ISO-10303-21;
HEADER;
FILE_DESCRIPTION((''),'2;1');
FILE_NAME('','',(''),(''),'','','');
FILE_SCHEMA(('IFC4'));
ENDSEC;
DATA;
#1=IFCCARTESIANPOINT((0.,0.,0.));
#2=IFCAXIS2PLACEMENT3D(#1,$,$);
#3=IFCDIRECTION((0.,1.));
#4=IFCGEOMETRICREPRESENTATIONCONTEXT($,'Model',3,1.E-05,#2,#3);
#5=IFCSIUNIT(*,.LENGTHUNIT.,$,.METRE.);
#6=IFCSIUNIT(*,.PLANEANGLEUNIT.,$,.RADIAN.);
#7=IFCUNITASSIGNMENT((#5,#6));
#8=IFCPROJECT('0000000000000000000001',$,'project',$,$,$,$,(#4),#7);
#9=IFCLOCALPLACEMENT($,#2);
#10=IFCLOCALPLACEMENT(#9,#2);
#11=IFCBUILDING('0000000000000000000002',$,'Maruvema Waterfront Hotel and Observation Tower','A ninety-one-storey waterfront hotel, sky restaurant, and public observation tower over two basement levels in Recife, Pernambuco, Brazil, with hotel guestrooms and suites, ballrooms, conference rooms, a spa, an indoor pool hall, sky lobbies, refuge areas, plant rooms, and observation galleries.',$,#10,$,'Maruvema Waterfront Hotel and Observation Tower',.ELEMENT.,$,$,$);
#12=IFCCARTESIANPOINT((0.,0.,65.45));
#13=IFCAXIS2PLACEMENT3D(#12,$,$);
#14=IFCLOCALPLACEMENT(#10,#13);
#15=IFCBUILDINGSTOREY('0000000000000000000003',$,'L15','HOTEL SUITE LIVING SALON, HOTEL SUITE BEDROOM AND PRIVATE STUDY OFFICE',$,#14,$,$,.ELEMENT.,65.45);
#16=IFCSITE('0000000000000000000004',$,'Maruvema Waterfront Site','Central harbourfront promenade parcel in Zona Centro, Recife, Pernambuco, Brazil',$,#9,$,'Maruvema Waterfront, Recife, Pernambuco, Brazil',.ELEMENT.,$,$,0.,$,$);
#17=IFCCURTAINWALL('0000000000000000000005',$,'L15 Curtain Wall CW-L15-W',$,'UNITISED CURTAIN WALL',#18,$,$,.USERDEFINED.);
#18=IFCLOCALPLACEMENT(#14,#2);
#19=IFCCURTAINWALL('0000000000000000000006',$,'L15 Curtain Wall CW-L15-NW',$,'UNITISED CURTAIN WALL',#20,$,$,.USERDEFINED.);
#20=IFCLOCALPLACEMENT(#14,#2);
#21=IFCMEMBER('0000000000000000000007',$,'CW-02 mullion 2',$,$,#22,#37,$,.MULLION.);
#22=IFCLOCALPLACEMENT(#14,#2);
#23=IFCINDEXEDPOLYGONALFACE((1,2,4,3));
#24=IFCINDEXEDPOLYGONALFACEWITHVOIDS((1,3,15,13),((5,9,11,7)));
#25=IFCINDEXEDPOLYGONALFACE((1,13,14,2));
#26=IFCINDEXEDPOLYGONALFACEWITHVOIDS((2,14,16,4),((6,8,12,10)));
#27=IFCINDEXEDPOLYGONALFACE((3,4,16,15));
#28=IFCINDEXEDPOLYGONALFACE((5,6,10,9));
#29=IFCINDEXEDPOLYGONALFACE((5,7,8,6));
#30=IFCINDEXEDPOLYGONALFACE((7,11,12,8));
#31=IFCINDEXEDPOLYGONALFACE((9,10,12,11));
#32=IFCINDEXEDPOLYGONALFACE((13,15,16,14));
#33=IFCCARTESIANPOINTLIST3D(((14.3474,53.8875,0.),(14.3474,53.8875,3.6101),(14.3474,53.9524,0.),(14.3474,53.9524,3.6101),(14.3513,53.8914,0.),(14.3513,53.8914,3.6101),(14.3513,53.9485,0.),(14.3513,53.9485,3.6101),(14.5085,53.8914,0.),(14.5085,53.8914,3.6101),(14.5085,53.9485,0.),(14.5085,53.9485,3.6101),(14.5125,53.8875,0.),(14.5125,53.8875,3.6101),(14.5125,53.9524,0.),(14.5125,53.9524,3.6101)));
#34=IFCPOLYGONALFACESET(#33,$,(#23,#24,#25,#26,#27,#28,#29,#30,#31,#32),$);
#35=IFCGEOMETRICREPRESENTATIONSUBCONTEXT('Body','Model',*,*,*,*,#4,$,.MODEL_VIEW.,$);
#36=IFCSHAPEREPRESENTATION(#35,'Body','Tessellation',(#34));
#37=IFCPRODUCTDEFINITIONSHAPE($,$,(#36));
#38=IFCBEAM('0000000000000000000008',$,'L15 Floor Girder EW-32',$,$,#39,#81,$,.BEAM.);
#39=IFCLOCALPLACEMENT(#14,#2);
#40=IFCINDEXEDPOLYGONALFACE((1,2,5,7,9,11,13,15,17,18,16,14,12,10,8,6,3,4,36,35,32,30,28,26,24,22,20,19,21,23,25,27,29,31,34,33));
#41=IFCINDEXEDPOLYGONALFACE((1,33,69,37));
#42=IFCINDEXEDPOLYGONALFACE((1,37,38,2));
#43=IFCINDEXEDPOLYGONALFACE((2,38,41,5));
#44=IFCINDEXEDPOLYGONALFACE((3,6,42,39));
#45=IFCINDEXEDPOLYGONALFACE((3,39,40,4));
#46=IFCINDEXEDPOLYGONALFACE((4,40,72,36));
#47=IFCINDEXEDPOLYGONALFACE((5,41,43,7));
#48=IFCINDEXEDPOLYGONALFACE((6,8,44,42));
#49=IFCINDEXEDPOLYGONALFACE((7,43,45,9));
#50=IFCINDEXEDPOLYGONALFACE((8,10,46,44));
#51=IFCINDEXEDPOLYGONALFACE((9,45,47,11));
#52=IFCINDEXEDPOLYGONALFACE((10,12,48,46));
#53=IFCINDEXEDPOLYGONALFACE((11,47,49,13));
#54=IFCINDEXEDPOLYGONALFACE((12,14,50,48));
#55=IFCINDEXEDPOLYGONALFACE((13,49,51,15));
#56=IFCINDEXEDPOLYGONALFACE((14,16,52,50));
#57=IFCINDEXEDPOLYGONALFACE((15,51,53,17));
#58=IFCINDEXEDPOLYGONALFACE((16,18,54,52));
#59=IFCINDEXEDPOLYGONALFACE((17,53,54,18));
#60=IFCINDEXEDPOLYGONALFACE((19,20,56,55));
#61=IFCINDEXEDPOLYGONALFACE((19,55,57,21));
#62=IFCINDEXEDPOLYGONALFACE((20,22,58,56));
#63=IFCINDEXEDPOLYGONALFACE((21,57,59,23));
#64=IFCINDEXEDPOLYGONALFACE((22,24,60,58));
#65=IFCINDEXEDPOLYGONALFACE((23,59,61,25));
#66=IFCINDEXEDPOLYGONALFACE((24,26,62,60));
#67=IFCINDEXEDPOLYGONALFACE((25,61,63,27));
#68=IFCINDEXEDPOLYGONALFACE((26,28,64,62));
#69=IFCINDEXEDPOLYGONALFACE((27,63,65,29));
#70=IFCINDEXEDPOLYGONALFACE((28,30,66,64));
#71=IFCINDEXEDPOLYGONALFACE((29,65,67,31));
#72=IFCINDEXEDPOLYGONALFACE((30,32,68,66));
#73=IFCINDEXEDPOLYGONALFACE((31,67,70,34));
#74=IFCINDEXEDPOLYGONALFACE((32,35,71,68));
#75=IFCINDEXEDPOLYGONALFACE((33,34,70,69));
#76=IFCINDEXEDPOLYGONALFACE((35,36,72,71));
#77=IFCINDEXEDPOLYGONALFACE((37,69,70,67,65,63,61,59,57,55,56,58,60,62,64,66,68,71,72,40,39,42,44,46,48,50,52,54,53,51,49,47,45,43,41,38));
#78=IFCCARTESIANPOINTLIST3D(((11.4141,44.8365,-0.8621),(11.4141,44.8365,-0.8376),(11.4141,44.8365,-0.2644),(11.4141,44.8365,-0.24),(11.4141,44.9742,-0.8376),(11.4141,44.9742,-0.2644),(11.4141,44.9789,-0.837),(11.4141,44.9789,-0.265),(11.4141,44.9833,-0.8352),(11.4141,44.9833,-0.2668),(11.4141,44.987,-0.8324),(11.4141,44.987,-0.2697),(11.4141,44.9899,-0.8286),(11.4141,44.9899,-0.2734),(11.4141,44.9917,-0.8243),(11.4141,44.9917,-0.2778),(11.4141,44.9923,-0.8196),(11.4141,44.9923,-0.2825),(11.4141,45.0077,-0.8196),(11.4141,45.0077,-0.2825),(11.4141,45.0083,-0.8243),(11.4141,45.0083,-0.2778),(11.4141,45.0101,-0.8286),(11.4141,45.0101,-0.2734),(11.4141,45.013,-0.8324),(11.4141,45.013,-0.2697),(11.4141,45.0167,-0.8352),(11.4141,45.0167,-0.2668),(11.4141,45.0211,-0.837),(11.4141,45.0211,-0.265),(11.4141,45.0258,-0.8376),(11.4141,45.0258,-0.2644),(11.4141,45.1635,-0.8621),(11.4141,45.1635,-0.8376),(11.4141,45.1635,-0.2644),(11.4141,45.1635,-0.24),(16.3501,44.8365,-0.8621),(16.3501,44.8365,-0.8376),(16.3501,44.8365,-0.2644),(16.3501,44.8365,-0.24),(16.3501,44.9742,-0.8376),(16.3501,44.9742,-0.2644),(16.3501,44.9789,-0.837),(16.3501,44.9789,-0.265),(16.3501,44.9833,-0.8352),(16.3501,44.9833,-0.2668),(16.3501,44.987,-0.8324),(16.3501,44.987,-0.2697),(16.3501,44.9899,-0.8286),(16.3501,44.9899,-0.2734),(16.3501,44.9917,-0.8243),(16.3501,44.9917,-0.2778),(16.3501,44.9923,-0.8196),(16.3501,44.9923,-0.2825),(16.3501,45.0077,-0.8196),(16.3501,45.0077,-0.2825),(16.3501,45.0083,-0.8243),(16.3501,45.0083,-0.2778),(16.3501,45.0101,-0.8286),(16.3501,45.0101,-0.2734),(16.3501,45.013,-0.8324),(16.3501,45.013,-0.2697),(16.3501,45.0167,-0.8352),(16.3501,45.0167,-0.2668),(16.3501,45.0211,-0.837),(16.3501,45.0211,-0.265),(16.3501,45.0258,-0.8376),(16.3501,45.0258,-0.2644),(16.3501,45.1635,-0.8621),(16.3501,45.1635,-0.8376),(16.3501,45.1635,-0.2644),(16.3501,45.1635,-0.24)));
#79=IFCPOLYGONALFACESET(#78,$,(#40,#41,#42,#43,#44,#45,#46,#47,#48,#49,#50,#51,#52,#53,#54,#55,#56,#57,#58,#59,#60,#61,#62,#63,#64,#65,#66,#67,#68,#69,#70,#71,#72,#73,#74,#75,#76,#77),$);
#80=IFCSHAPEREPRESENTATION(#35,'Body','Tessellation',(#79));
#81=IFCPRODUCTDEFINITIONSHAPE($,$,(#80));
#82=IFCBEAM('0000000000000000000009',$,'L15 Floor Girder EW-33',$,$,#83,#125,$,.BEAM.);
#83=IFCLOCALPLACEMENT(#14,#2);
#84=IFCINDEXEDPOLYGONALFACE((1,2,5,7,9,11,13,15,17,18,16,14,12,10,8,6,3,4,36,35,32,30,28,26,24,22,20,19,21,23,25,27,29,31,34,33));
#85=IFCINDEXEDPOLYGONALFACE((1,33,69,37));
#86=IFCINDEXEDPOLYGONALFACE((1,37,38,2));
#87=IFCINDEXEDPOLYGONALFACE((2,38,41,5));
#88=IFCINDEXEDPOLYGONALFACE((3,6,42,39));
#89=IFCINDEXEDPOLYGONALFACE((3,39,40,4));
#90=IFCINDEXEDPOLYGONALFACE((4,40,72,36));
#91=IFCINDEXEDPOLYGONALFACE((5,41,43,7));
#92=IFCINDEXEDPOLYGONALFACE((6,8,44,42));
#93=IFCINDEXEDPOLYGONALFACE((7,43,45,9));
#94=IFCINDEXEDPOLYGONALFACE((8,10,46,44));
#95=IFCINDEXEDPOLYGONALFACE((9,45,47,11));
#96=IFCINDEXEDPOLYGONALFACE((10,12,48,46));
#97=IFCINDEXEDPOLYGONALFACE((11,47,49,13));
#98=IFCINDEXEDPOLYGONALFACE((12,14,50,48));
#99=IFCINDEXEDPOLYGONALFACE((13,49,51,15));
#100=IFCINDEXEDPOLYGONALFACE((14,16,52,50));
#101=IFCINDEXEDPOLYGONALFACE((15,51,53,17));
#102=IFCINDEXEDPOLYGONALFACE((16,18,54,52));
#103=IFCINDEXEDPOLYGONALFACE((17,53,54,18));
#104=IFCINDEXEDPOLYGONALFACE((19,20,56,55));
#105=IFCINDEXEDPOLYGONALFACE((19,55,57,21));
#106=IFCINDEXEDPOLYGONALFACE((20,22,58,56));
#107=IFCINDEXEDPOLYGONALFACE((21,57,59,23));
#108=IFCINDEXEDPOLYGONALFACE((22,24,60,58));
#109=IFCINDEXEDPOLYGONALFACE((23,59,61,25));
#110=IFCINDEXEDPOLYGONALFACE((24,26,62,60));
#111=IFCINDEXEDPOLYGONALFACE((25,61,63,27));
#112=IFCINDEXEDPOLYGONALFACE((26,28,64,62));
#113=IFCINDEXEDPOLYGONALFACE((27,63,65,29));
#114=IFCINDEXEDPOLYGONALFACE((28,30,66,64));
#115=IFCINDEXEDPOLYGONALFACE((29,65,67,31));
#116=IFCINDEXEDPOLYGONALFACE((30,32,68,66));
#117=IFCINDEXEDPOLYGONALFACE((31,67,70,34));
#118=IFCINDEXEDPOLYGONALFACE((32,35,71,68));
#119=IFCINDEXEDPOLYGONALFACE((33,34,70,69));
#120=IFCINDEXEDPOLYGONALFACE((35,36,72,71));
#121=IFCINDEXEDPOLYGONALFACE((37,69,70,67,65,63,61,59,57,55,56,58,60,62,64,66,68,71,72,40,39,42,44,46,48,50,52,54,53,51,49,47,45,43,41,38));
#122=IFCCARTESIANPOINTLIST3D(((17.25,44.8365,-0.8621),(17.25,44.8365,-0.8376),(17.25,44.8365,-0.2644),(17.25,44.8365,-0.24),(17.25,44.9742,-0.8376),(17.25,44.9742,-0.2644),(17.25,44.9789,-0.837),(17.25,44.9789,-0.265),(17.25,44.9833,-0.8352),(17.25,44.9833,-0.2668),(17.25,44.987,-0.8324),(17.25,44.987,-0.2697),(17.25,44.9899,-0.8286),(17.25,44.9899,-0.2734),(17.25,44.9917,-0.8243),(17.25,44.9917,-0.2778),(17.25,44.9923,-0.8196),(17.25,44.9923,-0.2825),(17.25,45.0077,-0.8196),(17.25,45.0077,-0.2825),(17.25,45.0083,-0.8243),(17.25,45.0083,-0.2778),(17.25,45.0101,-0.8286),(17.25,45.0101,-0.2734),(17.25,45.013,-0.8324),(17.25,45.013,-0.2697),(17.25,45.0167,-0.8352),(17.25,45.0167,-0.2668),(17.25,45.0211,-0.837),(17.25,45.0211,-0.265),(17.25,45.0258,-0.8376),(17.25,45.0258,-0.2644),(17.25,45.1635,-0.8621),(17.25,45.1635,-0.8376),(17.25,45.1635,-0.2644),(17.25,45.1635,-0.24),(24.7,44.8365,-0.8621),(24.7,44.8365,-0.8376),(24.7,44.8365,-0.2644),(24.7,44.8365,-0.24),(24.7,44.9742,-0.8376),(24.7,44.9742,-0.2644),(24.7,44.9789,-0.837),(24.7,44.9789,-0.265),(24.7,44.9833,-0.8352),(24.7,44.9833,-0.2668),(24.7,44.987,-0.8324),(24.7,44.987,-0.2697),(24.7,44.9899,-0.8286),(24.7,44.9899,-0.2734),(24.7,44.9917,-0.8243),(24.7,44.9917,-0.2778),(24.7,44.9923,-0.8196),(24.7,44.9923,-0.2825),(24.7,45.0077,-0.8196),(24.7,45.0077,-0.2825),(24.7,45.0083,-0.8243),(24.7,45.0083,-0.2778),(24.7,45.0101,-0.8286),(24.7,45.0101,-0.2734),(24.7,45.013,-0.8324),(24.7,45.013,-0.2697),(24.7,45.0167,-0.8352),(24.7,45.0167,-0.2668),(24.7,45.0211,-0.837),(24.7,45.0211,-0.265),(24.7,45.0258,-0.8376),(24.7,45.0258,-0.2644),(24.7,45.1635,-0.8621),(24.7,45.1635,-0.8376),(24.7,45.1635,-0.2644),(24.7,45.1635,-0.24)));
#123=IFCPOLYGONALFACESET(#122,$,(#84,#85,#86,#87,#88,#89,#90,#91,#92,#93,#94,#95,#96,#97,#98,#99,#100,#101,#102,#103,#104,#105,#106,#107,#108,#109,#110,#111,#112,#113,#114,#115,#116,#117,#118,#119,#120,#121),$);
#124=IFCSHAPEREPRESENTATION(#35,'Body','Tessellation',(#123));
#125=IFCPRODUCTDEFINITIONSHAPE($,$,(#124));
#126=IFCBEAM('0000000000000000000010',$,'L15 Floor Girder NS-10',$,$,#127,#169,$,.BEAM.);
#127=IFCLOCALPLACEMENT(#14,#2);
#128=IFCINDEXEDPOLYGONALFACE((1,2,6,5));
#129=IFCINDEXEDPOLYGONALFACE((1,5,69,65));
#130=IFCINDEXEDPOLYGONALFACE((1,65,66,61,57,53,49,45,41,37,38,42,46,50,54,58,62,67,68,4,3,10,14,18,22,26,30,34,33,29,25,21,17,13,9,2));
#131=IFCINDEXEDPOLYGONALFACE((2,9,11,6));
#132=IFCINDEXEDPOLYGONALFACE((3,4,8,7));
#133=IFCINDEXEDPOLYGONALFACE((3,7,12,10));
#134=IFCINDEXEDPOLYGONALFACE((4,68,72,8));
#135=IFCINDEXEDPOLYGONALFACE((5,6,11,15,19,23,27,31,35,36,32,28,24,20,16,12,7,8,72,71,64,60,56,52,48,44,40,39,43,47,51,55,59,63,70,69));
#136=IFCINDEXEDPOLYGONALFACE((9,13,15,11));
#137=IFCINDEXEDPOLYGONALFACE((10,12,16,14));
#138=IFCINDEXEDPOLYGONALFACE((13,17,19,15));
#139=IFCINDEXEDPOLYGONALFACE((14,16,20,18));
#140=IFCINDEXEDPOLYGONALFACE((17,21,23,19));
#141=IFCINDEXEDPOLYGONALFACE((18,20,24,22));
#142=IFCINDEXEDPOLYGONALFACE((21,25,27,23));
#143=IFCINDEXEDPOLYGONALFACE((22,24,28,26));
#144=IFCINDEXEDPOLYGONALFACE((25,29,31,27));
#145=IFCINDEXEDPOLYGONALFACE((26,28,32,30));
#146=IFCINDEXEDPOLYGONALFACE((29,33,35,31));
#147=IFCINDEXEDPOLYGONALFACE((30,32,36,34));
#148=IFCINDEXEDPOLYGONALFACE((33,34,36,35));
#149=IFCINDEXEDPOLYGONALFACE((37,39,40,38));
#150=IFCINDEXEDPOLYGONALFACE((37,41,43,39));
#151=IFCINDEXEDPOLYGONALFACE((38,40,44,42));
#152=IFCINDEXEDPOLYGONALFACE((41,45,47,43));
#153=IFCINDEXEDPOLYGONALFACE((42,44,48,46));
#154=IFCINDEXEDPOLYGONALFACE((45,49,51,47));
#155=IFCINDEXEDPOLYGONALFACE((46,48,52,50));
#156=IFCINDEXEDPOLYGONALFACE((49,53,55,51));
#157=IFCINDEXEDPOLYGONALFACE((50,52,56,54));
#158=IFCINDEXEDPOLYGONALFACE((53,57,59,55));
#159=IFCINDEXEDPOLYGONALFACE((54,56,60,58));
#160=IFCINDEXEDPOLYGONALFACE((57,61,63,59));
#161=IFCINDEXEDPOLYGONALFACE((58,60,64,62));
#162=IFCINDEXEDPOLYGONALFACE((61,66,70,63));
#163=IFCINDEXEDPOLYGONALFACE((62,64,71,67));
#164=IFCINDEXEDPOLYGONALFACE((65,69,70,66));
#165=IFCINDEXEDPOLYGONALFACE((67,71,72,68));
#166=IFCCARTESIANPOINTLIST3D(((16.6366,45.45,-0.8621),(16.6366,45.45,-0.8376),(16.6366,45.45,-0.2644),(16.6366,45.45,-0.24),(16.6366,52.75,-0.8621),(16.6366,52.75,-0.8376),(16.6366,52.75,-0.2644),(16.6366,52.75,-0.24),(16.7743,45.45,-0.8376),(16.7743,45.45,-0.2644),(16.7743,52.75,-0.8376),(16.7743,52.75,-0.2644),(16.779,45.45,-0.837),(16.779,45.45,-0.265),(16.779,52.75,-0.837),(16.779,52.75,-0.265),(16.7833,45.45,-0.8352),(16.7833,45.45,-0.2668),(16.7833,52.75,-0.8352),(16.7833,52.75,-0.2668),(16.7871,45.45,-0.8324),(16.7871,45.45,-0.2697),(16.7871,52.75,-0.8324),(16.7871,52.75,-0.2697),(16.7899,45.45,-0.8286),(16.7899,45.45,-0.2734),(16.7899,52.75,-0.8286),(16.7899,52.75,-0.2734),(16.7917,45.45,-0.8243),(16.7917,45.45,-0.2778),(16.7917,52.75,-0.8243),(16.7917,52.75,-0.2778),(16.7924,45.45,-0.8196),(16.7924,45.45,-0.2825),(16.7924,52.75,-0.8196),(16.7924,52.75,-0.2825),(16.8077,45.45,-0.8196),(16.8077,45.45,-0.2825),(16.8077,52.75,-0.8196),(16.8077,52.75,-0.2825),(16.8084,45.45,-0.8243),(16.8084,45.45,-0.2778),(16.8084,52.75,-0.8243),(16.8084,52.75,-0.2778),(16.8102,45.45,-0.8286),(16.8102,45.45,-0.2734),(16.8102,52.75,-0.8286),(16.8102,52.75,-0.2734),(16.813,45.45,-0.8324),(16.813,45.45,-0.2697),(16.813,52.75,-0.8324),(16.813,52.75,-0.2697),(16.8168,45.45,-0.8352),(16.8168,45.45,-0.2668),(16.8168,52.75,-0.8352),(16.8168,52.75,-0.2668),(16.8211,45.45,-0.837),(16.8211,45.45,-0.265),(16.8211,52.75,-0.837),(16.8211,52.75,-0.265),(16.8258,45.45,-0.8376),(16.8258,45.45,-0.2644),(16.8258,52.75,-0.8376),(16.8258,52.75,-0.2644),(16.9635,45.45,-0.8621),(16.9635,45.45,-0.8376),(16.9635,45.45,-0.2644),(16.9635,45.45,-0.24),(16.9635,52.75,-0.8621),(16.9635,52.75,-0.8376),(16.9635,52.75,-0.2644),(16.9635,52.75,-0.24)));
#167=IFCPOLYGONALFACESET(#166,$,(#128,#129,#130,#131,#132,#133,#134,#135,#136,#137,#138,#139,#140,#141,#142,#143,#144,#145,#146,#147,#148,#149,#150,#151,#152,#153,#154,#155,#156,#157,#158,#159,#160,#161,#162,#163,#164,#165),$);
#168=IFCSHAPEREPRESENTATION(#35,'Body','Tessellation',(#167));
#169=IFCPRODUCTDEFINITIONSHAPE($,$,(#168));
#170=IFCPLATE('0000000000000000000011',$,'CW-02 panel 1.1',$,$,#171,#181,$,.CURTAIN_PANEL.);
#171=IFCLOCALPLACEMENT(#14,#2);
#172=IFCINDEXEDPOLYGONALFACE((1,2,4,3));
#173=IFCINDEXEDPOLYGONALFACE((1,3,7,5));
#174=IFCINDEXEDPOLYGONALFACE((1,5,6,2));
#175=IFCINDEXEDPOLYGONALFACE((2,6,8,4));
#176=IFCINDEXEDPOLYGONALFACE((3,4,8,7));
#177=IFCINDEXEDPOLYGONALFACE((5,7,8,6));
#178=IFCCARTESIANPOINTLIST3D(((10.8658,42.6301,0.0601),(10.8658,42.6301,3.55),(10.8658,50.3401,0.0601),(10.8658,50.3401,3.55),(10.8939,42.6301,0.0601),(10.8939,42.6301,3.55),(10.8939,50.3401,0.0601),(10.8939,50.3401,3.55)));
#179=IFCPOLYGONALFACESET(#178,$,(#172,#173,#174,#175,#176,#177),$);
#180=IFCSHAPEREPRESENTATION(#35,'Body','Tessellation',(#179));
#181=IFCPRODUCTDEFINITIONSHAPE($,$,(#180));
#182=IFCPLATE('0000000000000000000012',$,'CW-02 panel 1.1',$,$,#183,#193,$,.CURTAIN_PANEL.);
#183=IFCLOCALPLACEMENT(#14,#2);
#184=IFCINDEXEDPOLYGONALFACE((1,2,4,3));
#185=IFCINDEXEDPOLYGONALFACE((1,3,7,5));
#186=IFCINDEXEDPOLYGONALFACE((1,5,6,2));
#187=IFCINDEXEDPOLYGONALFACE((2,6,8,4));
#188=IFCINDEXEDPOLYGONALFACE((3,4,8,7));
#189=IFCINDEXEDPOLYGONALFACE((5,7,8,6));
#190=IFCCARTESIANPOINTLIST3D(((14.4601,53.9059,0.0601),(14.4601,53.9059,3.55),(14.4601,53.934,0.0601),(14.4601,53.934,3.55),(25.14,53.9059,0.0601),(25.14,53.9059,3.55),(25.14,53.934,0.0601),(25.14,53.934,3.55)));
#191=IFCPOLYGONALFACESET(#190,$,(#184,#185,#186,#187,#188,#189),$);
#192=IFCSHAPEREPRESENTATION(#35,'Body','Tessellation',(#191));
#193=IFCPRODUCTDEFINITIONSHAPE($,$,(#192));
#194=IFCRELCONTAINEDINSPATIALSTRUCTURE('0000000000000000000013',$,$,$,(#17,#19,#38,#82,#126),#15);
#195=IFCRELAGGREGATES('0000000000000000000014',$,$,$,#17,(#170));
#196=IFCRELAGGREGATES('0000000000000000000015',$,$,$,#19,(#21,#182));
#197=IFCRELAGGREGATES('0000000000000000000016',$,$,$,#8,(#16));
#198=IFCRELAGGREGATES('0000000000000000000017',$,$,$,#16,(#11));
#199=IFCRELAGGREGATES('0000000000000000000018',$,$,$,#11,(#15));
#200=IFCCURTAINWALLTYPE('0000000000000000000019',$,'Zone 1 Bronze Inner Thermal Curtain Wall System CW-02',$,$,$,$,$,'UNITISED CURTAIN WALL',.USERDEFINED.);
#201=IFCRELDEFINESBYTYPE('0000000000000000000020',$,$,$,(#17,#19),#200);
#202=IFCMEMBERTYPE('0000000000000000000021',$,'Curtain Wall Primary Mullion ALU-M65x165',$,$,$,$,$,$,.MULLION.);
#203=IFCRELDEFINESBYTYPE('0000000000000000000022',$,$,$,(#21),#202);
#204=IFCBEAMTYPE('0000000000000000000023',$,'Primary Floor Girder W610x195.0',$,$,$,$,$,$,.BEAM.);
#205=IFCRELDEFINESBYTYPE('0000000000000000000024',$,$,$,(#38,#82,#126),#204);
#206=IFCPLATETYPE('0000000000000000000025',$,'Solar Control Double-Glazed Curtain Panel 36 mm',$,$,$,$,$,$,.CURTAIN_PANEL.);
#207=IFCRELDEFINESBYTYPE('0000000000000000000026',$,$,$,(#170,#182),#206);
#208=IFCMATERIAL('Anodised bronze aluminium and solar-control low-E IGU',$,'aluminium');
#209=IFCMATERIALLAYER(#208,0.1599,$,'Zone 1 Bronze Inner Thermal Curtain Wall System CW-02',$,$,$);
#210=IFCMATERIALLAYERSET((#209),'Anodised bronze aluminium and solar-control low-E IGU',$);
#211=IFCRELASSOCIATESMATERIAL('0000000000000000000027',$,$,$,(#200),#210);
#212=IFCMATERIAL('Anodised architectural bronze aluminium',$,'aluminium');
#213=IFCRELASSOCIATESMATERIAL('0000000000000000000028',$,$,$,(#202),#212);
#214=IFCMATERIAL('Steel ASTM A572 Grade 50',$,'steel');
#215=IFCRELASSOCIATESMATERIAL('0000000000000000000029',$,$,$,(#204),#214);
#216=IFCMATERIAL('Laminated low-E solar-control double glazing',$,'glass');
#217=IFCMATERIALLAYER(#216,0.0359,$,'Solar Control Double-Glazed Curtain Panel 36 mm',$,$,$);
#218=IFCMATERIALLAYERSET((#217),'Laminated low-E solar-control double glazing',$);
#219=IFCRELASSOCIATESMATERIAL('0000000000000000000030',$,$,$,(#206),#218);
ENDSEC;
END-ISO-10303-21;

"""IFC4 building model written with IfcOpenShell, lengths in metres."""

from ifc_helpers import new_model, si_unit, direction, frame, origin, origin_2d, place, context, subcontext, project, spatial, rectangle, hollow_rectangle, i_section, extrude, material, layer, layer_set, material_profile, profile_set, type_object, element, aggregate, save


model = new_model("IFC4")

# Units and contexts
model_context = context("Model", 3, precision=1e-05, world=origin(), true_north=direction((0.0, 1.0)))
body_context = subcontext(model_context, "Body", "Model", "MODEL_VIEW")
ifc_project = project(units=[si_unit("LENGTHUNIT", "METRE"), si_unit("PLANEANGLEUNIT", "RADIAN")], contexts=[model_context])

# Site, building, storey
site_placement = place(None, origin())
site = spatial("IfcSite", under=ifc_project, at=site_placement, Name="Maruvema Waterfront Site", Description="Central harbourfront promenade parcel in Zona Centro, Recife, Pernambuco, Brazil", LongName="Maruvema Waterfront, Recife, Pernambuco, Brazil", CompositionType="ELEMENT", RefElevation=0.0)
building_placement = place(site_placement, origin())
building = spatial("IfcBuilding", under=site, at=building_placement, Name="Maruvema Waterfront Hotel and Observation Tower", Description="A ninety-one-storey waterfront hotel, sky restaurant, and public observation tower over two basement levels in Recife, Pernambuco, Brazil, with hotel guestrooms and suites, ballrooms, conference rooms, a spa, an indoor pool hall, sky lobbies, refuge areas, plant rooms, and observation galleries.", LongName="Maruvema Waterfront Hotel and Observation Tower", CompositionType="ELEMENT")
storey_placement = place(building_placement, frame((0.0, 0.0, 65.45)))
storey = spatial("IfcBuildingStorey", under=building, at=storey_placement, Name="L15", Description="HOTEL SUITE LIVING SALON, HOTEL SUITE BEDROOM AND PRIVATE STUDY OFFICE", CompositionType="ELEMENT", Elevation=65.45)

# Curtain walls
ifc_material_1 = material(Name="Anodised bronze aluminium and solar-control low-E IGU", Category="aluminium")
ifc_layer_1 = layer(ifc_material_1, 0.1599, Name="Zone 1 Bronze Inner Thermal Curtain Wall System CW-02")
ifc_layer_set_1 = layer_set([ifc_layer_1], Name="Anodised bronze aluminium and solar-control low-E IGU")
curtain_wall_type = type_object("IfcCurtainWallType", Name="Zone 1 Bronze Inner Thermal Curtain Wall System CW-02", ElementType="UNITISED CURTAIN WALL", PredefinedType="USERDEFINED", material=ifc_layer_set_1)
curtain_wall_1_placement = place(storey_placement, origin())
curtain_wall_1 = element("IfcCurtainWall", 1, at=curtain_wall_1_placement, inside=storey, type_object=curtain_wall_type, Name="L15 Curtain Wall CW-L15-W", ObjectType="UNITISED CURTAIN WALL", PredefinedType="USERDEFINED")
curtain_wall_2_placement = place(storey_placement, origin())
curtain_wall_2 = element("IfcCurtainWall", 2, at=curtain_wall_2_placement, inside=storey, type_object=curtain_wall_type, Name="L15 Curtain Wall CW-L15-NW", ObjectType="UNITISED CURTAIN WALL", PredefinedType="USERDEFINED")

# Member
ifc_material_2 = material(Name="Anodised architectural bronze aluminium", Category="aluminium")
ifc_material_profile_1 = material_profile(ifc_material_2, hollow_rectangle(XDim=0.0649, YDim=0.165, WallThickness=0.0039, at=origin_2d()), Name="ALU-M65x165")
ifc_profile_set_1 = profile_set([ifc_material_profile_1], Name="Anodised architectural bronze aluminium")
member_type_1 = type_object("IfcMemberType", Name="Curtain Wall Primary Mullion ALU-M65x165", PredefinedType="MULLION", material=ifc_profile_set_1)
member_1_placement = place(storey_placement, frame((14.4299, 53.9199, 0.0), z_axis=(0.0, 0.0, 1.0), x_axis=(0.0, -1.0, 0.0)))
member_1 = element("IfcMember", 3, at=member_1_placement, type_object=member_type_1, Name="CW-02 mullion 2", PredefinedType="MULLION", context=body_context, shape_type="SweptSolid", body=[
    extrude(hollow_rectangle(XDim=0.0649, YDim=0.165, WallThickness=0.0039, at=origin_2d()), origin(), (0.0, 0.0, 1.0), 3.6101),
])

# Beams
ifc_material_3 = material(Name="Steel ASTM A572 Grade 50", Category="steel")
ifc_material_profile_2 = material_profile(ifc_material_3, i_section(OverallWidth=0.3269, OverallDepth=0.6221, WebThickness=0.0154, FlangeThickness=0.0244, FilletRadius=0.0181, at=origin_2d()), Name="W610x195.0")
ifc_profile_set_2 = profile_set([ifc_material_profile_2], Name="Steel ASTM A572 Grade 50")
beam_type = type_object("IfcBeamType", Name="Primary Floor Girder W610x195.0", PredefinedType="BEAM", material=ifc_profile_set_2)
beam_1_placement = place(storey_placement, frame((11.4141, 45.0, -0.551), z_axis=(1.0, 0.0, 0.0), x_axis=(0.0, 1.0, 0.0)))
element("IfcBeam", 4, at=beam_1_placement, inside=storey, type_object=beam_type, Name="L15 Floor Girder EW-32", PredefinedType="BEAM", context=body_context, shape_type="SweptSolid", body=[
    extrude(i_section(OverallWidth=0.3269, OverallDepth=0.6221, WebThickness=0.0154, FlangeThickness=0.0244, FilletRadius=0.0181, at=origin_2d()), origin(), (0.0, 0.0, 1.0), 4.936),
])
beam_2_placement = place(storey_placement, frame((17.25, 45.0, -0.551), z_axis=(1.0, 0.0, 0.0), x_axis=(0.0, 1.0, 0.0)))
element("IfcBeam", 5, at=beam_2_placement, inside=storey, type_object=beam_type, Name="L15 Floor Girder EW-33", PredefinedType="BEAM", context=body_context, shape_type="SweptSolid", body=[
    extrude(i_section(OverallWidth=0.3269, OverallDepth=0.6221, WebThickness=0.0154, FlangeThickness=0.0244, FilletRadius=0.0181, at=origin_2d()), origin(), (0.0, 0.0, 1.0), 7.45),
])
beam_3_placement = place(storey_placement, frame((16.8, 45.45, -0.551), z_axis=(0.0, 1.0, 0.0), x_axis=(-1.0, 0.0, 0.0)))
element("IfcBeam", 6, at=beam_3_placement, inside=storey, type_object=beam_type, Name="L15 Floor Girder NS-10", PredefinedType="BEAM", context=body_context, shape_type="SweptSolid", body=[
    extrude(i_section(OverallWidth=0.3269, OverallDepth=0.6221, WebThickness=0.0154, FlangeThickness=0.0244, FilletRadius=0.0181, at=origin_2d()), origin(), (0.0, 0.0, 1.0), 7.3),
])

# Plates
ifc_material_4 = material(Name="Laminated low-E solar-control double glazing", Category="glass")
ifc_layer_2 = layer(ifc_material_4, 0.0359, Name="Solar Control Double-Glazed Curtain Panel 36 mm")
ifc_layer_set_2 = layer_set([ifc_layer_2], Name="Laminated low-E solar-control double glazing")
plate_type_1 = type_object("IfcPlateType", Name="Solar Control Double-Glazed Curtain Panel 36 mm", PredefinedType="CURTAIN_PANEL", material=ifc_layer_set_2)
plate_1_placement = place(storey_placement, frame((10.8799, 46.4851, 0.0601), z_axis=(0.0, 0.0, 1.0), x_axis=(0.0, -1.0, 0.0)))
plate_1 = element("IfcPlate", 7, at=plate_1_placement, type_object=plate_type_1, Name="CW-02 panel 1.1", PredefinedType="CURTAIN_PANEL", context=body_context, shape_type="SweptSolid", body=[
    extrude(rectangle(XDim=7.71, YDim=0.0281, at=origin_2d()), origin(), (0.0, 0.0, 1.0), 3.49),
])
aggregate(curtain_wall_1, [plate_1])
plate_2_placement = place(storey_placement, frame((19.8, 53.9199, 0.0601), z_axis=(0.0, 0.0, 1.0), x_axis=(-1.0, 0.0, 0.0)))
plate_2 = element("IfcPlate", 8, at=plate_2_placement, type_object=plate_type_1, Name="CW-02 panel 1.1", PredefinedType="CURTAIN_PANEL", context=body_context, shape_type="SweptSolid", body=[
    extrude(rectangle(XDim=10.6799, YDim=0.0281, at=origin_2d()), origin(), (0.0, 0.0, 1.0), 3.49),
])
aggregate(curtain_wall_2, [member_1, plate_2])

save(model, "model.ifc")
